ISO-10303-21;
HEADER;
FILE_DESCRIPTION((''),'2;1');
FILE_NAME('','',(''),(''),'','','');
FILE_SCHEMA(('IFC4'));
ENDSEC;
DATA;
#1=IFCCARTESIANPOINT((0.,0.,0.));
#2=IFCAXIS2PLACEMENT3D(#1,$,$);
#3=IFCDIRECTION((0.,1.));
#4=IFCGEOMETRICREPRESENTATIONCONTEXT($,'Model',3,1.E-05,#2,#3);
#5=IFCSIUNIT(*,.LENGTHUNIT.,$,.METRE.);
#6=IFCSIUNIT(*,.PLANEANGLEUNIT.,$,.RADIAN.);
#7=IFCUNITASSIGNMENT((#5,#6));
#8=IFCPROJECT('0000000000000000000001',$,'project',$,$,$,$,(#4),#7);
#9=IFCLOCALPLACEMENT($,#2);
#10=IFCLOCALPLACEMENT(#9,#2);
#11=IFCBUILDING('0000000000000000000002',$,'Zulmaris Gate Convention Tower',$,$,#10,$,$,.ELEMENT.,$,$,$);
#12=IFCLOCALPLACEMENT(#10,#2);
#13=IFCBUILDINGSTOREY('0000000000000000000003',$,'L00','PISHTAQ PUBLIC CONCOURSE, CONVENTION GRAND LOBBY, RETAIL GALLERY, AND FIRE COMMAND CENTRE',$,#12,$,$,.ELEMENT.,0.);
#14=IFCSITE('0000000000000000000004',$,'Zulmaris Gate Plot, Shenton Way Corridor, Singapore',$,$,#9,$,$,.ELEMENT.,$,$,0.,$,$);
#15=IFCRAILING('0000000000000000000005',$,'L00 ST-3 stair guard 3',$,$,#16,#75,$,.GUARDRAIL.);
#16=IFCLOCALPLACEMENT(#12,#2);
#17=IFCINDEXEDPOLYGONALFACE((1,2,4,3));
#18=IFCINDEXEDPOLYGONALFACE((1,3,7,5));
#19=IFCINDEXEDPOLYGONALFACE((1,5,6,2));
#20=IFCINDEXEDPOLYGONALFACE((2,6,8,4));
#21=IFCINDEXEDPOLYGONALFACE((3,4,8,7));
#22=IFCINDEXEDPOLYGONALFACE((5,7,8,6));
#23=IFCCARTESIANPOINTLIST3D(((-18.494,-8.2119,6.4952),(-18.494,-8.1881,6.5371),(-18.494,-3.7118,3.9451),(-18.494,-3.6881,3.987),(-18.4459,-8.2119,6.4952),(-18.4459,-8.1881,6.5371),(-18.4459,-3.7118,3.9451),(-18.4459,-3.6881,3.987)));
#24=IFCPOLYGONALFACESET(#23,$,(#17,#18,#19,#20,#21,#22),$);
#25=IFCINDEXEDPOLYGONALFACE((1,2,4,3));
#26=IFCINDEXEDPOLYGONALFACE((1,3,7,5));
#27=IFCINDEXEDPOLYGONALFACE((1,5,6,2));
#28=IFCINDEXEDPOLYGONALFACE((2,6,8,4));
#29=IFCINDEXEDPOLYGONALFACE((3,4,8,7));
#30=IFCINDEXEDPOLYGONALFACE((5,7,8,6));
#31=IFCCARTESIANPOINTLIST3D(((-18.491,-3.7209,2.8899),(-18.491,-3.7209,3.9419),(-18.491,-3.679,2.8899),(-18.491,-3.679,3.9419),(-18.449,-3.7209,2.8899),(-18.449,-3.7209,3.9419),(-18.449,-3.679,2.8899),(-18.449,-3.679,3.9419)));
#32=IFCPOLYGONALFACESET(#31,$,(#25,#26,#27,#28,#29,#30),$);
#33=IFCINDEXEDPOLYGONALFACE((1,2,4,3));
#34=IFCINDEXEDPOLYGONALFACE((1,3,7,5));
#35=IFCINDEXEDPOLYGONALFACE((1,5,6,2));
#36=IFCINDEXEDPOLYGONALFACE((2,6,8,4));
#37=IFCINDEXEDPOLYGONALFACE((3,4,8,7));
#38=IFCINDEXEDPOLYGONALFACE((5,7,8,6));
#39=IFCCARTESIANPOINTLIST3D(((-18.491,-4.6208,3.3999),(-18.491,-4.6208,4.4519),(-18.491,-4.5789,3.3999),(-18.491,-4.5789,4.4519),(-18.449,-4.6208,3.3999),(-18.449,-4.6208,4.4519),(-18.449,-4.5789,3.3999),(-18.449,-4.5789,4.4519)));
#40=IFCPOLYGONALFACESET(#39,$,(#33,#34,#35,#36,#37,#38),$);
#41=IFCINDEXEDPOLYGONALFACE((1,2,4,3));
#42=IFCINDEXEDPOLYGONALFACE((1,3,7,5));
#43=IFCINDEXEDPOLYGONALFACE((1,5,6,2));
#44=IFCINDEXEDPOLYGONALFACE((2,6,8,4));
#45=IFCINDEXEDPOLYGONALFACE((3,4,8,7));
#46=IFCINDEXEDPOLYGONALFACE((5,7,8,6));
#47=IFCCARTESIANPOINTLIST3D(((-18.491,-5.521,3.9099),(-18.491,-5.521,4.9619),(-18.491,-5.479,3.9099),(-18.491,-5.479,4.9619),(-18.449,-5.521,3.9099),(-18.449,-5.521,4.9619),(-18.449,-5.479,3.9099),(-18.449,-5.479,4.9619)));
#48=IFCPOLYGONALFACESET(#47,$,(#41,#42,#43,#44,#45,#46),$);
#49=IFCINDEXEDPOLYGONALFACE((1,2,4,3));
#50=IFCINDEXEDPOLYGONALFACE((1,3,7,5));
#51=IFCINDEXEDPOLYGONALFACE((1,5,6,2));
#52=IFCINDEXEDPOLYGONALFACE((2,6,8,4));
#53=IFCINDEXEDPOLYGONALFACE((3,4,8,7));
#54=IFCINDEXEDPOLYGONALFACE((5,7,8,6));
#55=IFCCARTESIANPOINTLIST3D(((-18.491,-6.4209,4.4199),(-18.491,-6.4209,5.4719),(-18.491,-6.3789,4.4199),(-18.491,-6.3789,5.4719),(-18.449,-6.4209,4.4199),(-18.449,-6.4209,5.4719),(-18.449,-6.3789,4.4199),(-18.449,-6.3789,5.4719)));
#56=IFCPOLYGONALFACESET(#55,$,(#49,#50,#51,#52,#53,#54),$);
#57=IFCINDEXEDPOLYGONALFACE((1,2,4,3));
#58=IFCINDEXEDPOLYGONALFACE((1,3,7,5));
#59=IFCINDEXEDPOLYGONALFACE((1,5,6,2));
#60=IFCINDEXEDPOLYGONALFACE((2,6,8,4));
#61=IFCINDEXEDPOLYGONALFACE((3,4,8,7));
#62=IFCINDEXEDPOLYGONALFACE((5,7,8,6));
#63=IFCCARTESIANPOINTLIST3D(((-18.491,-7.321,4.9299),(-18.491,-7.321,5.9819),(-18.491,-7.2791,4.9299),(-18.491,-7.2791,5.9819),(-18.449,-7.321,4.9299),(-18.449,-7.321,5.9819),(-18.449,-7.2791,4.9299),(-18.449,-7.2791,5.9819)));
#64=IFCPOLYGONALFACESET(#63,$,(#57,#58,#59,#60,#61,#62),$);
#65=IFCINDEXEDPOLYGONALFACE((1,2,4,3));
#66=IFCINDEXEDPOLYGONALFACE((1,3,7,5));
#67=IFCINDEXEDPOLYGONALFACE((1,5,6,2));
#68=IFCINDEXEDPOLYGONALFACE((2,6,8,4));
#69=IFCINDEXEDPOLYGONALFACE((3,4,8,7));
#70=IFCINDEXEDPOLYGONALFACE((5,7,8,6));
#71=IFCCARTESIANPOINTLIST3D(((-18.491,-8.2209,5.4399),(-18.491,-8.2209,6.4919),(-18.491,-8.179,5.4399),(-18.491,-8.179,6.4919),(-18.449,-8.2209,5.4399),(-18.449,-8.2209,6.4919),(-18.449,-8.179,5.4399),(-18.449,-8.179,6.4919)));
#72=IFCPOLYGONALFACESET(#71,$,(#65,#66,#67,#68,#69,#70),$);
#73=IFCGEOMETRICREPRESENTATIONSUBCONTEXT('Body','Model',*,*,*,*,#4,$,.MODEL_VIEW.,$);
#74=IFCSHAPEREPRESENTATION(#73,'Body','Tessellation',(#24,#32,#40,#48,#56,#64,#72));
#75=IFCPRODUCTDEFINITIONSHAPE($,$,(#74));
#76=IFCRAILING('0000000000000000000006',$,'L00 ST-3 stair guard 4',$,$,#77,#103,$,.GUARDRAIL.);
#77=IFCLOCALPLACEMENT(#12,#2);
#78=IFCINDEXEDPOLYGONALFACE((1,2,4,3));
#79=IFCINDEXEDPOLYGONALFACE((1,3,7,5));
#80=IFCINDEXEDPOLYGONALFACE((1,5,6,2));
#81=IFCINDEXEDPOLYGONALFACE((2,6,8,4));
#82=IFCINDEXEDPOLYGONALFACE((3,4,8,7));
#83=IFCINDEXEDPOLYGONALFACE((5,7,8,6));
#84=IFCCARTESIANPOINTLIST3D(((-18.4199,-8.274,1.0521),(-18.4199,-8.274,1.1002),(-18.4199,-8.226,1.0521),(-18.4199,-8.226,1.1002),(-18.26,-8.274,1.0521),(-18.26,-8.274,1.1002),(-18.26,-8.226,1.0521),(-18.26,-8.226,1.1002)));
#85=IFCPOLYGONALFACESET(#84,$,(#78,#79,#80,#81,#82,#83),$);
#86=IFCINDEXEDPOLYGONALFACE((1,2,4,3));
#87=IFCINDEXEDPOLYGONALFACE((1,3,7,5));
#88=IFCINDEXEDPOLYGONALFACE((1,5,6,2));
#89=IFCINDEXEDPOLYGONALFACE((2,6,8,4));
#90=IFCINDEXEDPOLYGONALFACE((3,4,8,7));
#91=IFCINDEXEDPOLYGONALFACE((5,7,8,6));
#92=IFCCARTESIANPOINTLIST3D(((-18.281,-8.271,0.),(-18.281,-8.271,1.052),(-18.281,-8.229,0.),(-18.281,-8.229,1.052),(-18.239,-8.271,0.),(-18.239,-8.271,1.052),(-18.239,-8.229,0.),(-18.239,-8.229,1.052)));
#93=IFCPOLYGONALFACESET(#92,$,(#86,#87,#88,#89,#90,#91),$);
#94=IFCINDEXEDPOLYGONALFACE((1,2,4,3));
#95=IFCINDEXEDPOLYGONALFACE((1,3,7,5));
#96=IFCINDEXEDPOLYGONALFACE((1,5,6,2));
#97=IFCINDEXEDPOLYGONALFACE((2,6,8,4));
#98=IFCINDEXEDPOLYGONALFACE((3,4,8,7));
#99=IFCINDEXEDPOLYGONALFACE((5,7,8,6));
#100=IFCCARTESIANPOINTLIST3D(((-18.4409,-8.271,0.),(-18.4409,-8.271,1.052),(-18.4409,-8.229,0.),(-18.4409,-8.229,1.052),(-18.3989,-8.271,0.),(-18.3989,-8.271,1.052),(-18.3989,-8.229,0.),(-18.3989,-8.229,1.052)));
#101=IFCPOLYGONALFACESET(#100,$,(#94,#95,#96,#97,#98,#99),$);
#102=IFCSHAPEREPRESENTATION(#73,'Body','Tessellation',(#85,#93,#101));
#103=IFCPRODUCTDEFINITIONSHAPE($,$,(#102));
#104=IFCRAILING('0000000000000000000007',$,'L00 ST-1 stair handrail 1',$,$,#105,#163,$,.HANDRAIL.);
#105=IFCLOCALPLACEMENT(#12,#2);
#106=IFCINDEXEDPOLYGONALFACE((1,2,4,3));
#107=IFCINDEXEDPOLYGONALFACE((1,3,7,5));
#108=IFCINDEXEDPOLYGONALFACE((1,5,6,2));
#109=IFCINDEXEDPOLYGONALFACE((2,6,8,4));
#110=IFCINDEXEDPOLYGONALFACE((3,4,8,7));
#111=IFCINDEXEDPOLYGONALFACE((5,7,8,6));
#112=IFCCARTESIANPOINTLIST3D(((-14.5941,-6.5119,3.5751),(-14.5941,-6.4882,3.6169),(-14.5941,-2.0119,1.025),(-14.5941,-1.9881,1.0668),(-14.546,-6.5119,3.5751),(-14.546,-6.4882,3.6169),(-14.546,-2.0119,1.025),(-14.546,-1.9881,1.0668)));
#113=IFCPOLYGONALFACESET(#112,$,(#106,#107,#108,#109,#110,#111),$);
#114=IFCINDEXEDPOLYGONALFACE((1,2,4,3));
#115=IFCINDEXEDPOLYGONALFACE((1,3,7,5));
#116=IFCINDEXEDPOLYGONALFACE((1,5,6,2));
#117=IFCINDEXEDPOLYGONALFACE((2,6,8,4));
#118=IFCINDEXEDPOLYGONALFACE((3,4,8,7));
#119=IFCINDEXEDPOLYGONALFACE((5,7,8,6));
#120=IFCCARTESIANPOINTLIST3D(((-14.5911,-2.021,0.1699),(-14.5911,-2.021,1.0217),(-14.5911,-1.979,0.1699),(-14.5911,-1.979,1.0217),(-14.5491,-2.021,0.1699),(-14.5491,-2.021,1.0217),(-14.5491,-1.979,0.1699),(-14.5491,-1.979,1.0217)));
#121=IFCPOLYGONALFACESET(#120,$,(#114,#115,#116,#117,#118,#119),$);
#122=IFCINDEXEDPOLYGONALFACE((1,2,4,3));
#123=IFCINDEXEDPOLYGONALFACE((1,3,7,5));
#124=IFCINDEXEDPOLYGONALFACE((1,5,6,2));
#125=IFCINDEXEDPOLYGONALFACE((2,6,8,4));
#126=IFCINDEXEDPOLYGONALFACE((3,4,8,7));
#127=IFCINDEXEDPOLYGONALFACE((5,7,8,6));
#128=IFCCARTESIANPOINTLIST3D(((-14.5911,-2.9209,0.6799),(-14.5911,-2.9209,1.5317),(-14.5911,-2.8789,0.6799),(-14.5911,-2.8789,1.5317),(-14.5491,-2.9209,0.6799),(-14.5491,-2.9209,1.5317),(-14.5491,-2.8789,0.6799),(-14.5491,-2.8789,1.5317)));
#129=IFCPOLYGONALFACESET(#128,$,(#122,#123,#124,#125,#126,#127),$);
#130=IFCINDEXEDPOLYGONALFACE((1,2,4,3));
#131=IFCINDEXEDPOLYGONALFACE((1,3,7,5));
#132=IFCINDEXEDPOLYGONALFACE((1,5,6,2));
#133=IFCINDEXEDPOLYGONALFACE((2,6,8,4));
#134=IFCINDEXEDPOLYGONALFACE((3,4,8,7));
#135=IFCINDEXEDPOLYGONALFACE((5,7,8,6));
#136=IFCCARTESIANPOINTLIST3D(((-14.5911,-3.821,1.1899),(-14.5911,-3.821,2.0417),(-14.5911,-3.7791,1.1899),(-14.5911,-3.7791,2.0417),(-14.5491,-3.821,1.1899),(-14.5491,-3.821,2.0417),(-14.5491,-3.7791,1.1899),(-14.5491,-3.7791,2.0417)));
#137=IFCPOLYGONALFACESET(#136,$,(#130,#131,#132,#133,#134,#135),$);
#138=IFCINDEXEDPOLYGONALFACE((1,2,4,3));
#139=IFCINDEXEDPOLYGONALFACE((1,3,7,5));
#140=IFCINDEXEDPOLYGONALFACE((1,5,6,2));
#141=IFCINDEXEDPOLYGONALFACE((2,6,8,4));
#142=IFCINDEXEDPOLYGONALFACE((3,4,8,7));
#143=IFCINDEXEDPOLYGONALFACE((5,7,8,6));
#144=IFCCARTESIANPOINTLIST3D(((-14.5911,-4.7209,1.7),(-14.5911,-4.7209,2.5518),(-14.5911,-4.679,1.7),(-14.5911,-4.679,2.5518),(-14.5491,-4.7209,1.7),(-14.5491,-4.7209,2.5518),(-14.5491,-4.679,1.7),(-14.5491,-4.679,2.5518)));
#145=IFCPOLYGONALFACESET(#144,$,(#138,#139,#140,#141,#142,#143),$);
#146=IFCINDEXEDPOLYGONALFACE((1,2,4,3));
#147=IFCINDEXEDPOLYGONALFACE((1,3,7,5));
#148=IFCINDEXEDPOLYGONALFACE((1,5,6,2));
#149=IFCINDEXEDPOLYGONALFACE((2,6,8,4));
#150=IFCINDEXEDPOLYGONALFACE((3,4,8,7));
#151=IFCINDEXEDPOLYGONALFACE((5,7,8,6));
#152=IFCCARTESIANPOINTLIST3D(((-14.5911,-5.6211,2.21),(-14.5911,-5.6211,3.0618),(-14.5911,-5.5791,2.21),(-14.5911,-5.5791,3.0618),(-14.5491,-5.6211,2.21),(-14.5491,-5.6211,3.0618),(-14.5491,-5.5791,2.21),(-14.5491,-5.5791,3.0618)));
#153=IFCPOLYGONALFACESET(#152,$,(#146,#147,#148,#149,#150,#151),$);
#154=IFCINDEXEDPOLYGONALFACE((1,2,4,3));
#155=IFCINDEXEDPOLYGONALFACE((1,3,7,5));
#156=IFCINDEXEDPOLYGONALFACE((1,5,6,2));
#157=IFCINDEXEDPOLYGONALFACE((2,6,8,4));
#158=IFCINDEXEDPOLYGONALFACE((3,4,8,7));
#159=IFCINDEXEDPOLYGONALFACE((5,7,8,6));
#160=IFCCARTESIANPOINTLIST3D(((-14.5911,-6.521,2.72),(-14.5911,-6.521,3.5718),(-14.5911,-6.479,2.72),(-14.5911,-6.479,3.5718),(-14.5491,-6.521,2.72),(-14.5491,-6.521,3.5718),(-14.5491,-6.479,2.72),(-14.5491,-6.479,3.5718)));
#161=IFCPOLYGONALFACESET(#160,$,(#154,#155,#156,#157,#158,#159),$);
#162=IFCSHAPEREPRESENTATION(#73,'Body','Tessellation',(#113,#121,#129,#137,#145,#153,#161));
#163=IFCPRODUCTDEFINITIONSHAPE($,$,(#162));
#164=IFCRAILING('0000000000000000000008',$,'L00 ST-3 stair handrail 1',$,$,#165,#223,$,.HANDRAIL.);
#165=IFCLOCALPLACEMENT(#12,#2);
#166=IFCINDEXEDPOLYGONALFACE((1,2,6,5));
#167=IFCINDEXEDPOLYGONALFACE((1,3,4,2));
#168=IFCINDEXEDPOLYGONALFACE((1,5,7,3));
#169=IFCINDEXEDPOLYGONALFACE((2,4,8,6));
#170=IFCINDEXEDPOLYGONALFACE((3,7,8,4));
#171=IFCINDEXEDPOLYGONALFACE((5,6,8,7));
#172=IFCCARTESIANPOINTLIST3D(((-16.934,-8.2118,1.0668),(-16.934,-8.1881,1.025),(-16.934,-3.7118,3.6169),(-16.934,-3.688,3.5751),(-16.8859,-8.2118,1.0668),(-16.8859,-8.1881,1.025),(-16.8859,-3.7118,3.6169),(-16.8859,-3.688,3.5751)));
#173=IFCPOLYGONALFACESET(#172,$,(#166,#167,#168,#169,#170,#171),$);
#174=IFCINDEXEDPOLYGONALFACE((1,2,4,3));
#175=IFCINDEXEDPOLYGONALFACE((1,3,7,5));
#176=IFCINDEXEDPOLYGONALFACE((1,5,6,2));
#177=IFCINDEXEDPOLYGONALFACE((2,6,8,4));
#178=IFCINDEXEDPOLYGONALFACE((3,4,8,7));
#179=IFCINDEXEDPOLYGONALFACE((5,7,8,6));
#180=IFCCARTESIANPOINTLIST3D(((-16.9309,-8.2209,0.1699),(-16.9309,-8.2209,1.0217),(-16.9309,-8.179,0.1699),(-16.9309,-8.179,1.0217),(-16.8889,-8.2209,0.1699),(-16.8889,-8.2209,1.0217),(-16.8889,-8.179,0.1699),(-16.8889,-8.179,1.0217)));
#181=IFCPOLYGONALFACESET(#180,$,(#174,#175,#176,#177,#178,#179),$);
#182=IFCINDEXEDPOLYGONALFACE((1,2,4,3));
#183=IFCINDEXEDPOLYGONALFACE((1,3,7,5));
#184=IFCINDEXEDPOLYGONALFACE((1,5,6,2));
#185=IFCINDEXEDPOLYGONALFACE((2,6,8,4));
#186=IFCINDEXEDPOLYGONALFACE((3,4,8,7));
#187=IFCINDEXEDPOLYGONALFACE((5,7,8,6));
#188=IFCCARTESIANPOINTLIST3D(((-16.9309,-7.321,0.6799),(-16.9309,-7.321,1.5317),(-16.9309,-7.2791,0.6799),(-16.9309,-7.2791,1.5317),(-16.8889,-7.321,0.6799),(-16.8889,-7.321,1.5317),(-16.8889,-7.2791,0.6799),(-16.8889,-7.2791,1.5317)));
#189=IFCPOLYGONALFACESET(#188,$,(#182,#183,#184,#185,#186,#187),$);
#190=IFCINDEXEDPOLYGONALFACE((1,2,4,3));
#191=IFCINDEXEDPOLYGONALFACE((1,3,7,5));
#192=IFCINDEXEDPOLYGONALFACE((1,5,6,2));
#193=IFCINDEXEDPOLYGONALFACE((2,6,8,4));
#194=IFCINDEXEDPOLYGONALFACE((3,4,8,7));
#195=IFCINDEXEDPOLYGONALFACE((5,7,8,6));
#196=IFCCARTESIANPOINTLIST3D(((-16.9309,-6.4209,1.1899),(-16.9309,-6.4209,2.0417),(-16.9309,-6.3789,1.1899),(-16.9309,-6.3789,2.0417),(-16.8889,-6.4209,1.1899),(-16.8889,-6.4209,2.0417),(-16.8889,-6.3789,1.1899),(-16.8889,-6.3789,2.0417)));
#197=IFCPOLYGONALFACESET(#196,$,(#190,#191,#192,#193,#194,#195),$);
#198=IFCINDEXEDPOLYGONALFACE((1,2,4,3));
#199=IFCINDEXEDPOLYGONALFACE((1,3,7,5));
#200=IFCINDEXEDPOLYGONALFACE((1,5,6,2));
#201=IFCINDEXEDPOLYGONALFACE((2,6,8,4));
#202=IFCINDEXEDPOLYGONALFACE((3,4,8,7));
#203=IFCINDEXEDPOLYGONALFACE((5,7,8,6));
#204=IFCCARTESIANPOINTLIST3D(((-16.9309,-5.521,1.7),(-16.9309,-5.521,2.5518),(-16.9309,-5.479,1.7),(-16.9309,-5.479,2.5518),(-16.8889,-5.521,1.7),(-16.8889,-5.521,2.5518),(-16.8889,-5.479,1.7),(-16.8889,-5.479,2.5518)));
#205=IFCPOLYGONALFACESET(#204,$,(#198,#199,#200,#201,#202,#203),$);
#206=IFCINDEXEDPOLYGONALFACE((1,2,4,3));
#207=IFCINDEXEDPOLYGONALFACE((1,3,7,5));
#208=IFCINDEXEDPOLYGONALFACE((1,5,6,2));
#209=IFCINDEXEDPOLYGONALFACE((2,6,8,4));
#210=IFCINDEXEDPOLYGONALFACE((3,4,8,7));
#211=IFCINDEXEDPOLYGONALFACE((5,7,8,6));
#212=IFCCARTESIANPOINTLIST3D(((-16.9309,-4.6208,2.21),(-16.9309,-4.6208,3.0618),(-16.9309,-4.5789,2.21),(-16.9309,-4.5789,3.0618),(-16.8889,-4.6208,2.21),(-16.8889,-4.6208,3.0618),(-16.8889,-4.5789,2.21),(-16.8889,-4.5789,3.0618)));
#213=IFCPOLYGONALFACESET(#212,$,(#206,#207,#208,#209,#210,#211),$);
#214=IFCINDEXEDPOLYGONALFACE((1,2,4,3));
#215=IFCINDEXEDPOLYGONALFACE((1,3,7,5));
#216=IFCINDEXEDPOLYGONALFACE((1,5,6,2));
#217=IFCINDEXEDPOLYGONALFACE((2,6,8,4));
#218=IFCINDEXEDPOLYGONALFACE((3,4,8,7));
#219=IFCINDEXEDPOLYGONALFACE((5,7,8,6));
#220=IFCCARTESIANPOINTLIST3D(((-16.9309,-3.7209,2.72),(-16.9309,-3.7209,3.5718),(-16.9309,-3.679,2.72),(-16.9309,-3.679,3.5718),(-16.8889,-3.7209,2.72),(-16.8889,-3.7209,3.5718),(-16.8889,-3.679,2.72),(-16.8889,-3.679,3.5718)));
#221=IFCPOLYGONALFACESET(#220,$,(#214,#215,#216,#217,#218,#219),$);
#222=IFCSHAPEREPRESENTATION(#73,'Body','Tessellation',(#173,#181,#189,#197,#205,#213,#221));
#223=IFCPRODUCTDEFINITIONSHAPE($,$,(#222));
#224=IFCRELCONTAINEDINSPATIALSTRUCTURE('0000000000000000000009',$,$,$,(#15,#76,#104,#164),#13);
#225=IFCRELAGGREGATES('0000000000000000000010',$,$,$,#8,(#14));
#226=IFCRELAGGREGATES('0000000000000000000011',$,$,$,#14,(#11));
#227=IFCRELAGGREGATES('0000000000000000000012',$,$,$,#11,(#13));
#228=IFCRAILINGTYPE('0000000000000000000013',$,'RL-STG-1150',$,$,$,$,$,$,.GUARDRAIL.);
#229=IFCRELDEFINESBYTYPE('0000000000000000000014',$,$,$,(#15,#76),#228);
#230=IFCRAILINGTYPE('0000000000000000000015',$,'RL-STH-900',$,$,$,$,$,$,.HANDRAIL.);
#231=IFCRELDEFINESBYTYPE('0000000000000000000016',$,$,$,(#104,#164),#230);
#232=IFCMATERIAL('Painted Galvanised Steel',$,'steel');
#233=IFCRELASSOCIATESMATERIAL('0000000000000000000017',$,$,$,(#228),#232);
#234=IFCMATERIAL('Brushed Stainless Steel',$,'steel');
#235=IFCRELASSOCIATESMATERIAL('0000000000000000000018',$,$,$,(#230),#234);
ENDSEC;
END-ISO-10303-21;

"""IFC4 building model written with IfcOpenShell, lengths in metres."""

from ifc_helpers import new_model, si_unit, direction, frame, origin, origin_2d, place, context, subcontext, project, spatial, rectangle, extrude, material, type_object, element, save


model = new_model("IFC4")

# Units and contexts
model_context = context("Model", 3, precision=1e-05, world=origin(), true_north=direction((0.0, 1.0)))
body_context = subcontext(model_context, "Body", "Model", "MODEL_VIEW")
ifc_project = project(units=[si_unit("LENGTHUNIT", "METRE"), si_unit("PLANEANGLEUNIT", "RADIAN")], contexts=[model_context])

# Site, building, storey
site_placement = place(None, origin())
site = spatial("IfcSite", under=ifc_project, at=site_placement, Name="Zulmaris Gate Plot, Shenton Way Corridor, Singapore", CompositionType="ELEMENT", RefElevation=0.0)
building_placement = place(site_placement, origin())
building = spatial("IfcBuilding", under=site, at=building_placement, Name="Zulmaris Gate Convention Tower", CompositionType="ELEMENT")
storey_placement = place(building_placement, origin())
storey = spatial("IfcBuildingStorey", under=building, at=storey_placement, Name="L00", Description="PISHTAQ PUBLIC CONCOURSE, CONVENTION GRAND LOBBY, RETAIL GALLERY, AND FIRE COMMAND CENTRE", CompositionType="ELEMENT", Elevation=0.0)

# Shared definitions
ifc_material_1 = material(Name="Brushed Stainless Steel", Category="steel")

# Railings
ifc_material_2 = material(Name="Painted Galvanised Steel", Category="steel")
railing_type_1 = type_object("IfcRailingType", Name="RL-STG-1150", PredefinedType="GUARDRAIL", material=ifc_material_2)
railing_1_placement = place(storey_placement, frame((-18.47, -3.7, 2.8899)))
element("IfcRailing", 1, at=railing_1_placement, inside=storey, type_object=railing_type_1, Name="L00 ST-3 stair guard 3", PredefinedType="GUARDRAIL", context=body_context, shape_type="SweptSolid", body=[
    extrude(rectangle(XDim=0.0481, YDim=0.0481, at=origin_2d()), frame((0.0, 0.0, 1.0762), z_axis=(0.0, -0.870018, 0.49302), x_axis=(1.0, 0.0, 0.0)), (0.0, 0.0, 1.0), 5.1724),
    extrude(rectangle(XDim=0.042, YDim=0.042, at=origin_2d()), origin(), (0.0, 0.0, 1.0), 1.052),
    extrude(rectangle(XDim=0.042, YDim=0.042, at=origin_2d()), frame((0.0, -0.8999, 0.51)), (0.0, 0.0, 1.0), 1.052),
    extrude(rectangle(XDim=0.042, YDim=0.042, at=origin_2d()), frame((0.0, -1.8, 1.02)), (0.0, 0.0, 1.0), 1.052),
    extrude(rectangle(XDim=0.042, YDim=0.042, at=origin_2d()), frame((0.0, -2.7, 1.53)), (0.0, 0.0, 1.0), 1.052),
    extrude(rectangle(XDim=0.042, YDim=0.042, at=origin_2d()), frame((0.0, -3.6001, 2.04)), (0.0, 0.0, 1.0), 1.052),
    extrude(rectangle(XDim=0.042, YDim=0.042, at=origin_2d()), frame((0.0, -4.5, 2.55)), (0.0, 0.0, 1.0), 1.052),
])
railing_2_placement = place(storey_placement, frame((-18.26, -8.25, 0.0)))
element("IfcRailing", 2, at=railing_2_placement, inside=storey, type_object=railing_type_1, Name="L00 ST-3 stair guard 4", PredefinedType="GUARDRAIL", context=body_context, shape_type="SweptSolid", body=[
    extrude(rectangle(XDim=0.0481, YDim=0.0481, at=origin_2d()), frame((0.0, 0.0, 1.0762), z_axis=(-1.0, 0.0, 0.0), x_axis=(0.0, -1.0, 0.0)), (0.0, 0.0, 1.0), 0.1599),
    extrude(rectangle(XDim=0.042, YDim=0.042, at=origin_2d()), origin(), (0.0, 0.0, 1.0), 1.052),
    extrude(rectangle(XDim=0.042, YDim=0.042, at=origin_2d()), frame((-0.1599, 0.0, 0.0)), (0.0, 0.0, 1.0), 1.052),
])
railing_type_2 = type_object("IfcRailingType", Name="RL-STH-900", PredefinedType="HANDRAIL", material=ifc_material_1)
railing_3_placement = place(storey_placement, frame((-14.5701, -2.0, 0.1699)))
element("IfcRailing", 3, at=railing_3_placement, inside=storey, type_object=railing_type_2, Name="L00 ST-1 stair handrail 1", PredefinedType="HANDRAIL", context=body_context, shape_type="SweptSolid", body=[
    extrude(rectangle(XDim=0.0481, YDim=0.0481, at=origin_2d()), frame((0.0, 0.0, 0.876), z_axis=(0.0, -0.870018, 0.49302), x_axis=(1.0, 0.0, 0.0)), (0.0, 0.0, 1.0), 5.1724),
    extrude(rectangle(XDim=0.042, YDim=0.042, at=origin_2d()), origin(), (0.0, 0.0, 1.0), 0.8518),
    extrude(rectangle(XDim=0.042, YDim=0.042, at=origin_2d()), frame((0.0, -0.8999, 0.51)), (0.0, 0.0, 1.0), 0.8518),
    extrude(rectangle(XDim=0.042, YDim=0.042, at=origin_2d()), frame((0.0, -1.8, 1.02)), (0.0, 0.0, 1.0), 0.8518),
    extrude(rectangle(XDim=0.042, YDim=0.042, at=origin_2d()), frame((0.0, -2.7, 1.53)), (0.0, 0.0, 1.0), 0.8518),
    extrude(rectangle(XDim=0.042, YDim=0.042, at=origin_2d()), frame((0.0, -3.6001, 2.04)), (0.0, 0.0, 1.0), 0.8518),
    extrude(rectangle(XDim=0.042, YDim=0.042, at=origin_2d()), frame((0.0, -4.5, 2.55)), (0.0, 0.0, 1.0), 0.8518),
])
railing_4_placement = place(storey_placement, frame((-16.9099, -8.2, 0.1699)))
element("IfcRailing", 4, at=railing_4_placement, inside=storey, type_object=railing_type_2, Name="L00 ST-3 stair handrail 1", PredefinedType="HANDRAIL", context=body_context, shape_type="SweptSolid", body=[
    extrude(rectangle(XDim=0.0481, YDim=0.0481, at=origin_2d()), frame((0.0, 0.0, 0.876), z_axis=(0.0, 0.870018, 0.49302), x_axis=(-1.0, 0.0, 0.0)), (0.0, 0.0, 1.0), 5.1724),
    extrude(rectangle(XDim=0.042, YDim=0.042, at=origin_2d()), origin(), (0.0, 0.0, 1.0), 0.8518),
    extrude(rectangle(XDim=0.042, YDim=0.042, at=origin_2d()), frame((0.0, 0.8999, 0.51)), (0.0, 0.0, 1.0), 0.8518),
    extrude(rectangle(XDim=0.042, YDim=0.042, at=origin_2d()), frame((0.0, 1.8, 1.02)), (0.0, 0.0, 1.0), 0.8518),
    extrude(rectangle(XDim=0.042, YDim=0.042, at=origin_2d()), frame((0.0, 2.7, 1.53)), (0.0, 0.0, 1.0), 0.8518),
    extrude(rectangle(XDim=0.042, YDim=0.042, at=origin_2d()), frame((0.0, 3.6001, 2.04)), (0.0, 0.0, 1.0), 0.8518),
    extrude(rectangle(XDim=0.042, YDim=0.042, at=origin_2d()), frame((0.0, 4.5, 2.55)), (0.0, 0.0, 1.0), 0.8518),
])

save(model, "model.ifc")
